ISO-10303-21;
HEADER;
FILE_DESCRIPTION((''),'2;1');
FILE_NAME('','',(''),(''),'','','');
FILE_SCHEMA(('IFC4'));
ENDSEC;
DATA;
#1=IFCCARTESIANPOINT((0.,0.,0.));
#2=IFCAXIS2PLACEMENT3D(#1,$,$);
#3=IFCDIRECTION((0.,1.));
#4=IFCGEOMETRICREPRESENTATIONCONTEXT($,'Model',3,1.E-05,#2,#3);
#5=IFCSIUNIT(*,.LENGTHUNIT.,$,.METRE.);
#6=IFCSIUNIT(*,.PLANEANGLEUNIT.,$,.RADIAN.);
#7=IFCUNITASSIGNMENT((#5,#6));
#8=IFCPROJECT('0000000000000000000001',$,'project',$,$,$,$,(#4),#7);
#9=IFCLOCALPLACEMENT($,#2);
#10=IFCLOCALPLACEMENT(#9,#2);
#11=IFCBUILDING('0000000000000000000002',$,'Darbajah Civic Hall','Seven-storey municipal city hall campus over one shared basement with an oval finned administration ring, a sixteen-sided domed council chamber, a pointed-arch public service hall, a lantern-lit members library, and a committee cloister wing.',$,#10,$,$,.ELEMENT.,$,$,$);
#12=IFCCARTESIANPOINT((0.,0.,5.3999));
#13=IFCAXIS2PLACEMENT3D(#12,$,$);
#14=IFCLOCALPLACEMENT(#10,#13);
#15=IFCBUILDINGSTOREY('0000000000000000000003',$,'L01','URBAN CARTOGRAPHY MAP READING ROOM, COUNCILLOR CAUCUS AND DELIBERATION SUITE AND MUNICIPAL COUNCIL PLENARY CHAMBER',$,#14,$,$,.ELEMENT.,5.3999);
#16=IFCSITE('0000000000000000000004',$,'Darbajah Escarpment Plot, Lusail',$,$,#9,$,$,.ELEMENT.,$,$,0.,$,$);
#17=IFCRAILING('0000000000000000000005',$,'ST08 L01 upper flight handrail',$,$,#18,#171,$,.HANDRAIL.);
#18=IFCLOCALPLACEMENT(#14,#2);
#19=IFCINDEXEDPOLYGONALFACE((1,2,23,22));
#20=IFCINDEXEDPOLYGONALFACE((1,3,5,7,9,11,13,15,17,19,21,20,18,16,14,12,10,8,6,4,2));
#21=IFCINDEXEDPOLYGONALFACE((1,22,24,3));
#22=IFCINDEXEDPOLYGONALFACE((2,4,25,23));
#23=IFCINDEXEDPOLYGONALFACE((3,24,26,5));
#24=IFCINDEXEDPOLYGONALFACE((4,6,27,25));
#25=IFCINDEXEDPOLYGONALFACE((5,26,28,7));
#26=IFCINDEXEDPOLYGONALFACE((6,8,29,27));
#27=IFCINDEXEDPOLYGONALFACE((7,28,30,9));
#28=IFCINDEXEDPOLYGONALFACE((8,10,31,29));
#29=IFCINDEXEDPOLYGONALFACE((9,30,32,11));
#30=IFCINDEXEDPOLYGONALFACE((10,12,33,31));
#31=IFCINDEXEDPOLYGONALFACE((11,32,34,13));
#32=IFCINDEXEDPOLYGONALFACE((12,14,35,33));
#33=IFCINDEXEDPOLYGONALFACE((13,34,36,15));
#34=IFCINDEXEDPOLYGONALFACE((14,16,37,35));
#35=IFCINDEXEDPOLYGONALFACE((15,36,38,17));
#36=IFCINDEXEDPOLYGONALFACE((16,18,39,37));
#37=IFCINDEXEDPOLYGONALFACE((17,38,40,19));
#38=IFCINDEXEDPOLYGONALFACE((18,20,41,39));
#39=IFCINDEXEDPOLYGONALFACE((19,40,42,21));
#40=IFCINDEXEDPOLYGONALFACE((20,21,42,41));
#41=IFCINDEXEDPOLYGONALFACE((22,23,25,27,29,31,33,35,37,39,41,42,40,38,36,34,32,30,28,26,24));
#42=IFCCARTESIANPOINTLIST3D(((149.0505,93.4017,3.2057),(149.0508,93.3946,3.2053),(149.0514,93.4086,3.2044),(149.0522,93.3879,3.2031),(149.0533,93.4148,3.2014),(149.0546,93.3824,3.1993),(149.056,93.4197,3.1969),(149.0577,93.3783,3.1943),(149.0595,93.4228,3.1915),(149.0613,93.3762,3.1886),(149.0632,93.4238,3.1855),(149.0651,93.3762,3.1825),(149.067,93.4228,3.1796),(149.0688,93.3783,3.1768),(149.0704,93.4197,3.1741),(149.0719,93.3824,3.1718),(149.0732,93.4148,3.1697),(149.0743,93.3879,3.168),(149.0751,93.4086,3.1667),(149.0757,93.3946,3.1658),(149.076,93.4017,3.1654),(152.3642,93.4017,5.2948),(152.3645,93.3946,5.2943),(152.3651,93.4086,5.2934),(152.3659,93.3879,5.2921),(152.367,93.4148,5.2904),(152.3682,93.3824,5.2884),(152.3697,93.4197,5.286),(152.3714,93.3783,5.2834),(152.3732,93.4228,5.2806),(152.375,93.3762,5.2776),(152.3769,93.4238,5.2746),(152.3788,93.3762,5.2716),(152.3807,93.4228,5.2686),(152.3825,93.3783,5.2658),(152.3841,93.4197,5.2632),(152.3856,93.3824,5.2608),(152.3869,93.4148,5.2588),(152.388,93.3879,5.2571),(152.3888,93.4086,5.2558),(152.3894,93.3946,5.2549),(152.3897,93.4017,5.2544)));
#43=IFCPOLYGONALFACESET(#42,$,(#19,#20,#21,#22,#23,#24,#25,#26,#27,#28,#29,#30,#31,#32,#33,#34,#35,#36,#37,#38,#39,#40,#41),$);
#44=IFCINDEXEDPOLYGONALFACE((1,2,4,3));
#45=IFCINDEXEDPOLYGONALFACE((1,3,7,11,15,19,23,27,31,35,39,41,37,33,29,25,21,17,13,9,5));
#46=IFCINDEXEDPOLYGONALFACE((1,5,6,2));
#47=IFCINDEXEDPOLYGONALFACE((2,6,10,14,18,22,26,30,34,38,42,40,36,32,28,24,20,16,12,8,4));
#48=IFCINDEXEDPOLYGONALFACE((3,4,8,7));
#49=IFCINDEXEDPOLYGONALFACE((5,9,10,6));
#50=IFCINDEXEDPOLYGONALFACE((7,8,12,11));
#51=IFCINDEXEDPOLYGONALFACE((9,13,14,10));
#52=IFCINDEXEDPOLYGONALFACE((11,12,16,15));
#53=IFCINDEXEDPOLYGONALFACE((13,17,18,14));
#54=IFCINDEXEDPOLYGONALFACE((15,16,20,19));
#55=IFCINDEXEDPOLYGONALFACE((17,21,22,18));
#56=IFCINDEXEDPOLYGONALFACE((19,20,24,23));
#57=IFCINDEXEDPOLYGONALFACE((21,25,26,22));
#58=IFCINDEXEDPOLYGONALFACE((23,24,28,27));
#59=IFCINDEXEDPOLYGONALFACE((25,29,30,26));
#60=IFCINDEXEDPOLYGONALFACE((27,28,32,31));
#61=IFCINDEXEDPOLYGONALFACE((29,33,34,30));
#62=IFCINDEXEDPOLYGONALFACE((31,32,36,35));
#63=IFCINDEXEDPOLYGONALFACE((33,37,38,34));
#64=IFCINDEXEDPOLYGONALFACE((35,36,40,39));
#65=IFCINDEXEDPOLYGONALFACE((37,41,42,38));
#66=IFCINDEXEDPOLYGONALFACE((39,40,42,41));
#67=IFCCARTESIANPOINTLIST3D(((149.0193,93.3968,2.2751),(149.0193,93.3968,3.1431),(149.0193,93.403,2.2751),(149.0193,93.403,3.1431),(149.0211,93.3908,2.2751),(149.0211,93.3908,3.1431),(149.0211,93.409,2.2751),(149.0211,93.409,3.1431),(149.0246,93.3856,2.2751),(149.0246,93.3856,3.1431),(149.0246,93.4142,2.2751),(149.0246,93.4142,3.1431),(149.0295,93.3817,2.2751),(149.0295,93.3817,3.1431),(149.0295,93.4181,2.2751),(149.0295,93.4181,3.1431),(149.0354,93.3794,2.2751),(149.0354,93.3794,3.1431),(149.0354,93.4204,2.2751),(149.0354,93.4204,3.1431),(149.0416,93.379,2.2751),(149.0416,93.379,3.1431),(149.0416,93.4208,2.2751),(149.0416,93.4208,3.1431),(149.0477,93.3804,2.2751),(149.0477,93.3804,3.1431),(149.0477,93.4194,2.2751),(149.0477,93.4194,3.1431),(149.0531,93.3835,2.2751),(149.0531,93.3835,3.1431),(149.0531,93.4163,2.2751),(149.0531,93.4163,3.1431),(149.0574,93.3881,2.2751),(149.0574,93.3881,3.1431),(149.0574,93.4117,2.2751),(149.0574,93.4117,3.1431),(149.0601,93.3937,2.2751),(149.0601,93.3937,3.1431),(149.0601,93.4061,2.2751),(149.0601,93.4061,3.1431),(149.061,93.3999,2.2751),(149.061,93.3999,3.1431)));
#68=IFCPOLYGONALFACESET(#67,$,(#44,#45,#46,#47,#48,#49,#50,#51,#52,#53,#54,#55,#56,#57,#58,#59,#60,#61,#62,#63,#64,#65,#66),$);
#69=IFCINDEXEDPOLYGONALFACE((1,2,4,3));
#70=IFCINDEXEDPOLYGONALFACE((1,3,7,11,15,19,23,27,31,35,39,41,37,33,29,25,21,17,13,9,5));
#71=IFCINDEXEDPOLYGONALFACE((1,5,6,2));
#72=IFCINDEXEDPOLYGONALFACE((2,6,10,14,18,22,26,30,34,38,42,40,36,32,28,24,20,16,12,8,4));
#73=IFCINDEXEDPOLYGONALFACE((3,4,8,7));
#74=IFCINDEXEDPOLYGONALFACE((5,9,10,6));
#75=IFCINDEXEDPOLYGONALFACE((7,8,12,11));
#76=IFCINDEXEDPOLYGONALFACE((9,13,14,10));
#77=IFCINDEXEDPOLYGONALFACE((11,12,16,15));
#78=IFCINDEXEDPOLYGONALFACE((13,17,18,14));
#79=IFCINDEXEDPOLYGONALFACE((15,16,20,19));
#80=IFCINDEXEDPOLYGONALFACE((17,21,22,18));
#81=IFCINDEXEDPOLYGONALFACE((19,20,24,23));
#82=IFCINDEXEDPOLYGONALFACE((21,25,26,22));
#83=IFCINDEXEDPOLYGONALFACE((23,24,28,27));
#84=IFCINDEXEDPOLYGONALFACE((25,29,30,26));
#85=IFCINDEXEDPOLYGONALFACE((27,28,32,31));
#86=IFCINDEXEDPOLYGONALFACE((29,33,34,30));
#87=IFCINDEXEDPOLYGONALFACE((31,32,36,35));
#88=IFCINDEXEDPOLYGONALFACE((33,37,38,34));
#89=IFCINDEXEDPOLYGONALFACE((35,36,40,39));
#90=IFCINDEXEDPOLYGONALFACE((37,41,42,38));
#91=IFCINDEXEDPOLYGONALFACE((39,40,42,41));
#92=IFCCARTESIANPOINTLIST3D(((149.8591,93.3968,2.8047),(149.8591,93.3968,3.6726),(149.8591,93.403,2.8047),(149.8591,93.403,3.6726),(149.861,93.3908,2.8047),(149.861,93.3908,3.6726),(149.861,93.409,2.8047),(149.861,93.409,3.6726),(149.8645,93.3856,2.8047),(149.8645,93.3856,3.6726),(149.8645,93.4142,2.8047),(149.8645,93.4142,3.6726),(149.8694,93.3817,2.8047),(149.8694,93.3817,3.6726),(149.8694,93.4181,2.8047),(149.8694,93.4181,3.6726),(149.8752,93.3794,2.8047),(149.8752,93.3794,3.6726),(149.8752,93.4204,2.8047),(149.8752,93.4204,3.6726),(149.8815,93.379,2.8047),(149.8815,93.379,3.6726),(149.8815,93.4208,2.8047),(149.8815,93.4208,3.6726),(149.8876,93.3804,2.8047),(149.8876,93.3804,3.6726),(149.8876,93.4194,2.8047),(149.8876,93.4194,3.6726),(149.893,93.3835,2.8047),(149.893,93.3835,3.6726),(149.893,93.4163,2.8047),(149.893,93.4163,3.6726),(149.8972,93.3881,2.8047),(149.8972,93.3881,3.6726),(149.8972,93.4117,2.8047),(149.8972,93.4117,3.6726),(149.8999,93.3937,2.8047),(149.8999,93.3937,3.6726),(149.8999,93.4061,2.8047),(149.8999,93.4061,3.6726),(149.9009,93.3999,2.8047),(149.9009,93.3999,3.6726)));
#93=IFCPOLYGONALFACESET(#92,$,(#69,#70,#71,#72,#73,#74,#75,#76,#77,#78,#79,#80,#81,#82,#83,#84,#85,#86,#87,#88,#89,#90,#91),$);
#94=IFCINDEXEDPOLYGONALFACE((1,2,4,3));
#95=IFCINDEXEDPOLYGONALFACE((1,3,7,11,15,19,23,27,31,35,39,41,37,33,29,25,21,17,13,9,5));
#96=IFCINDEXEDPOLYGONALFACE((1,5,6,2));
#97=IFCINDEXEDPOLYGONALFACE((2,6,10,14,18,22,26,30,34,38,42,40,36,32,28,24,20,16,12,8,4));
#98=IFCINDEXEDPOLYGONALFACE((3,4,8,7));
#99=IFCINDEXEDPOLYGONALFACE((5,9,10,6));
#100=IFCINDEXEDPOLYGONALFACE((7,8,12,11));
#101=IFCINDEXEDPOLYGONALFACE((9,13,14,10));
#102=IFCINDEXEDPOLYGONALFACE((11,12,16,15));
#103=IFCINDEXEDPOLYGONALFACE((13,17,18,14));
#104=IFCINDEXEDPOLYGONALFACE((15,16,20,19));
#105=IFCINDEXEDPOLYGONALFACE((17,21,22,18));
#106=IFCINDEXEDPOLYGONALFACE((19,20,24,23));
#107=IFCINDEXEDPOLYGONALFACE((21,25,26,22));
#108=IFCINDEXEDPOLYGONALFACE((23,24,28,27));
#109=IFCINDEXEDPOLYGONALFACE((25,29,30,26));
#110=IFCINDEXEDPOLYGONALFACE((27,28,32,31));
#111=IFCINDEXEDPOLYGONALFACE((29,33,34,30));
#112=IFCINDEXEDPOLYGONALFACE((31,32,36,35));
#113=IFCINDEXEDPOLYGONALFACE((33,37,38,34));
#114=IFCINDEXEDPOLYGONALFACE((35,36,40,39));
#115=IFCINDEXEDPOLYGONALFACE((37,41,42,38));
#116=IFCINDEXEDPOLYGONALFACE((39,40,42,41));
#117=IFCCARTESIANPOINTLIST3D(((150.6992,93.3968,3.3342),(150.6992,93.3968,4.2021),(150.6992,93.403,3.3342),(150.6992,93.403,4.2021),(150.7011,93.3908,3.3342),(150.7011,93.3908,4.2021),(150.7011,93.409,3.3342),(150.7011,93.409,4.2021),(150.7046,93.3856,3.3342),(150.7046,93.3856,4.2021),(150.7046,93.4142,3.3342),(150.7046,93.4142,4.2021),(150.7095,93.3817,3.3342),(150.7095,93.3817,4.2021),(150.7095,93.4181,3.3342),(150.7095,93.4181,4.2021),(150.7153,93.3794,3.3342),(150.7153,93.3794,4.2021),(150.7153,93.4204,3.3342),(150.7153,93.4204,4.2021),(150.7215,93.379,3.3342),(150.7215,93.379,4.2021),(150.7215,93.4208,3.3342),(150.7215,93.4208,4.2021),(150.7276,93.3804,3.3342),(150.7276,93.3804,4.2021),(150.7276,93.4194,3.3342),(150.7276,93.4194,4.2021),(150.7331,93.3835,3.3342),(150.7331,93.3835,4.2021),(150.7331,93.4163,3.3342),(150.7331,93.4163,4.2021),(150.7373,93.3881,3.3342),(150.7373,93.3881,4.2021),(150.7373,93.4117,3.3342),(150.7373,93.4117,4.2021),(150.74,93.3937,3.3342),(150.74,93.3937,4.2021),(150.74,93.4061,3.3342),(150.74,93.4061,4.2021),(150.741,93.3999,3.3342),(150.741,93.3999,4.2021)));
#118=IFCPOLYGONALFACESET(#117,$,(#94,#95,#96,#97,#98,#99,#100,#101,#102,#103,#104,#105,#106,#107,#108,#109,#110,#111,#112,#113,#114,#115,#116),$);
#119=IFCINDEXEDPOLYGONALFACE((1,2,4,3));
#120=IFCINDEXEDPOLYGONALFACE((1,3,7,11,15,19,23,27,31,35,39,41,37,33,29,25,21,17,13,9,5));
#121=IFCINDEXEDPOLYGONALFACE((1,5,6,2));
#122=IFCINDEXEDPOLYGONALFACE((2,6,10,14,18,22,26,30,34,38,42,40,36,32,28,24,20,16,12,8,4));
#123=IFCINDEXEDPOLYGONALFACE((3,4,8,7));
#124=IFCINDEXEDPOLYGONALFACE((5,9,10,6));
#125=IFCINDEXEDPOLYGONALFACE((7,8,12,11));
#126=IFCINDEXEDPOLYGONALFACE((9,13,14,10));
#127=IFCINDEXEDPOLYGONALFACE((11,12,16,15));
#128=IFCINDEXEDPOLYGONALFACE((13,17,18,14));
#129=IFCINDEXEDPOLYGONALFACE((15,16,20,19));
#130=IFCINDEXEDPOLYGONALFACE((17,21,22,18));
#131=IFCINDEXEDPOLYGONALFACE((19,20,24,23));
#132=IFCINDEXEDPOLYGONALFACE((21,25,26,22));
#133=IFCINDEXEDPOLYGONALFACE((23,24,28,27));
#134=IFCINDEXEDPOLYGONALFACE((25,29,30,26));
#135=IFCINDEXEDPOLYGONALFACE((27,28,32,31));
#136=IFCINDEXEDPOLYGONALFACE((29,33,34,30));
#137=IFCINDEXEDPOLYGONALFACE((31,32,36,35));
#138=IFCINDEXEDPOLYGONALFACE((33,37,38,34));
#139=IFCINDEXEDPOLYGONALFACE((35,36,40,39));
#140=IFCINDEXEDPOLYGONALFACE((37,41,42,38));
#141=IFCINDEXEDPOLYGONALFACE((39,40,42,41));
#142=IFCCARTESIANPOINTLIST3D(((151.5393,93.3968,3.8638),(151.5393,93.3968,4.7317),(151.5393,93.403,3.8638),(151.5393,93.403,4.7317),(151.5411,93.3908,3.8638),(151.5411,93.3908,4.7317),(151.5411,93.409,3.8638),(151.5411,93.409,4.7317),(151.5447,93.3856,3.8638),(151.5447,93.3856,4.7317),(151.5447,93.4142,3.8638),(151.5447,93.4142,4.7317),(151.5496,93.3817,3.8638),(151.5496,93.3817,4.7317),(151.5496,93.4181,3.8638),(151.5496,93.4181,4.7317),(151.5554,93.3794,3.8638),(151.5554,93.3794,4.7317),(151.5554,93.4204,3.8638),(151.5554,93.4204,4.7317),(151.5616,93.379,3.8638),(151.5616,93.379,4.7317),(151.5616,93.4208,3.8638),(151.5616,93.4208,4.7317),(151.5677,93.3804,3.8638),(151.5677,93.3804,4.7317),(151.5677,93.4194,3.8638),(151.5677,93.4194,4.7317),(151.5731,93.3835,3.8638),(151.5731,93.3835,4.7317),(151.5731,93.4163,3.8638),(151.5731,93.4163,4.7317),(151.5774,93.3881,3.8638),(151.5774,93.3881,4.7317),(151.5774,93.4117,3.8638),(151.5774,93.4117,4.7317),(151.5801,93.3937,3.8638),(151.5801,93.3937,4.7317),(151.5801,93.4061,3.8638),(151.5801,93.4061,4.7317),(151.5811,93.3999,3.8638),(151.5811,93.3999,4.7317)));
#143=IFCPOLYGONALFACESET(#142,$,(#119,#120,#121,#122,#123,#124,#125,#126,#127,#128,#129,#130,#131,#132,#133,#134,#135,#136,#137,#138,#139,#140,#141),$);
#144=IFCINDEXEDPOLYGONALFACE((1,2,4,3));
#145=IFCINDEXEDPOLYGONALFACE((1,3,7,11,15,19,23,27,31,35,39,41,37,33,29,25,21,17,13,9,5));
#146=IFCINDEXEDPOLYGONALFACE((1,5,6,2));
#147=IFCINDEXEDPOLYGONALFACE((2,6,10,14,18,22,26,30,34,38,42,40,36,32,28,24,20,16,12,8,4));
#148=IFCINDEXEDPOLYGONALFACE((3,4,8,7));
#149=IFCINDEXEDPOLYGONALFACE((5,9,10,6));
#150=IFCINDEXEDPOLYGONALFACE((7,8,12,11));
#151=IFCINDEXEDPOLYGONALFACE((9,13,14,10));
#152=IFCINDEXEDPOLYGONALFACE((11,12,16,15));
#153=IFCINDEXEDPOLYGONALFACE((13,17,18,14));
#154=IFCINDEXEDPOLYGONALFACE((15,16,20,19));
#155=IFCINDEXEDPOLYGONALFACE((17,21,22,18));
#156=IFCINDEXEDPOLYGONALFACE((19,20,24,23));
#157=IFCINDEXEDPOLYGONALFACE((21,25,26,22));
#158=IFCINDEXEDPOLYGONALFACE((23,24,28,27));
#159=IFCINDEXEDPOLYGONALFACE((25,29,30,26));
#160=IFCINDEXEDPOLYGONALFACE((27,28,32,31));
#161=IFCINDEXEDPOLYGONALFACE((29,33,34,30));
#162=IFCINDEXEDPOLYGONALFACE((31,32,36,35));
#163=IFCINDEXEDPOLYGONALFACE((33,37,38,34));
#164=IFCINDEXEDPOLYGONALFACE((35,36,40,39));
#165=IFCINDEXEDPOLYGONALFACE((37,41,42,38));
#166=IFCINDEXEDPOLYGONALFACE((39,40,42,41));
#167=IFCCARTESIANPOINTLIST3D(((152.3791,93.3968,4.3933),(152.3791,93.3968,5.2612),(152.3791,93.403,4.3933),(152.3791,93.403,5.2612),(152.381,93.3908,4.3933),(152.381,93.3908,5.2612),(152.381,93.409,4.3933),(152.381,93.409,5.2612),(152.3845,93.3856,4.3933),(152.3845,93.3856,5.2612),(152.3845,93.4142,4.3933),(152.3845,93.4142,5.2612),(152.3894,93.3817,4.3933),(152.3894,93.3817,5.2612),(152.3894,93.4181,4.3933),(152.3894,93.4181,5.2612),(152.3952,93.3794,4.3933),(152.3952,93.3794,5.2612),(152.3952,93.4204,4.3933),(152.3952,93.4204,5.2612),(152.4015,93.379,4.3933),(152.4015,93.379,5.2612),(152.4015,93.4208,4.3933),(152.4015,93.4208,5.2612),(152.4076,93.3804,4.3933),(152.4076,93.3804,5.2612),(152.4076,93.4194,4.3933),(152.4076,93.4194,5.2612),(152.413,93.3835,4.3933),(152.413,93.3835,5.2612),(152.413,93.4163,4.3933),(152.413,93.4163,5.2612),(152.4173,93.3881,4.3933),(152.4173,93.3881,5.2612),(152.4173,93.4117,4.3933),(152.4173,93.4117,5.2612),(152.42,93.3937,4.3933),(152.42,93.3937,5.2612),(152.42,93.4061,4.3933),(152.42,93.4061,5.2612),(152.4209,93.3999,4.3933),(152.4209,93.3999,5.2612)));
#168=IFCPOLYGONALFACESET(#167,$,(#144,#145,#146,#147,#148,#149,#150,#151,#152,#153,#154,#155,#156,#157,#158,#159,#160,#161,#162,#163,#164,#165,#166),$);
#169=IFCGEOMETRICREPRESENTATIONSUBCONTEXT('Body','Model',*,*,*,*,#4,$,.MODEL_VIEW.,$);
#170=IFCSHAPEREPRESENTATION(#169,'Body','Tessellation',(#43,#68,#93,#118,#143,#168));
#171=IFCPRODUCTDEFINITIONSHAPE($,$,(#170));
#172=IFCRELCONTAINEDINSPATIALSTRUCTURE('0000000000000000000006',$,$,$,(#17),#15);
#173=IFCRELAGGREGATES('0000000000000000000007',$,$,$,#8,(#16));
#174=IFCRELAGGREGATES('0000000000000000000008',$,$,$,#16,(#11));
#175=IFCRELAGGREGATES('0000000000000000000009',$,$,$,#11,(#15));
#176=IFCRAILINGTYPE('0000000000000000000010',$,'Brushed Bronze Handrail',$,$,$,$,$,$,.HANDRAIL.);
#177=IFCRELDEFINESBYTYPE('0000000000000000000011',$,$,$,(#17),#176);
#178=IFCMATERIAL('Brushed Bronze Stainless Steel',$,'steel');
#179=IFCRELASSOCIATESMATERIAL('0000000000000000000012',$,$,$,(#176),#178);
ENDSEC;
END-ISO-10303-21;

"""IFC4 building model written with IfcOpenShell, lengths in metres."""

from ifc_helpers import new_model, si_unit, direction, frame, origin, origin_2d, place, context, subcontext, project, spatial, circle, extrude, material, type_object, element, save


model = new_model("IFC4")

# Units and contexts
model_context = context("Model", 3, precision=1e-05, world=origin(), true_north=direction((0.0, 1.0)))
body_context = subcontext(model_context, "Body", "Model", "MODEL_VIEW")
ifc_project = project(units=[si_unit("LENGTHUNIT", "METRE"), si_unit("PLANEANGLEUNIT", "RADIAN")], contexts=[model_context])

# Site, building, storey
site_placement = place(None, origin())
site = spatial("IfcSite", under=ifc_project, at=site_placement, Name="Darbajah Escarpment Plot, Lusail", CompositionType="ELEMENT", RefElevation=0.0)
building_placement = place(site_placement, origin())
building = spatial("IfcBuilding", under=site, at=building_placement, Name="Darbajah Civic Hall", Description="Seven-storey municipal city hall campus over one shared basement with an oval finned administration ring, a sixteen-sided domed council chamber, a pointed-arch public service hall, a lantern-lit members library, and a committee cloister wing.", CompositionType="ELEMENT")
storey_placement = place(building_placement, frame((0.0, 0.0, 5.3999)))
storey = spatial("IfcBuildingStorey", under=building, at=storey_placement, Name="L01", Description="URBAN CARTOGRAPHY MAP READING ROOM, COUNCILLOR CAUCUS AND DELIBERATION SUITE AND MUNICIPAL COUNCIL PLENARY CHAMBER", CompositionType="ELEMENT", Elevation=5.3999)

# Railing
ifc_material_1 = material(Name="Brushed Bronze Stainless Steel", Category="steel")
railing_type_1 = type_object("IfcRailingType", Name="Brushed Bronze Handrail", PredefinedType="HANDRAIL", material=ifc_material_1)
railing_1_placement = place(storey_placement, frame((149.04, 93.3999, 2.2751)))
element("IfcRailing", 1, at=railing_1_placement, inside=storey, type_object=railing_type_1, Name="ST08 L01 upper flight handrail", PredefinedType="HANDRAIL", context=body_context, shape_type="SweptSolid", body=[
    extrude(circle(Radius=0.0239, at=origin_2d()), frame((0.0232, 0.0, 0.9104), z_axis=(0.845927, 0.0, 0.533299), x_axis=(0.0, 1.0, 0.0)), (0.0, 0.0, 1.0), 3.9172),
    extrude(circle(Radius=0.021, at=origin_2d()), origin(), (0.0, 0.0, 1.0), 0.8679),
    extrude(circle(Radius=0.021, at=origin_2d()), frame((0.8398, 0.0, 0.5295)), (0.0, 0.0, 1.0), 0.8679),
    extrude(circle(Radius=0.021, at=origin_2d()), frame((1.6799, 0.0, 1.0591)), (0.0, 0.0, 1.0), 0.8679),
    extrude(circle(Radius=0.021, at=origin_2d()), frame((2.52, 0.0, 1.5886)), (0.0, 0.0, 1.0), 0.8679),
    extrude(circle(Radius=0.021, at=origin_2d()), frame((3.3599, 0.0, 2.1182)), (0.0, 0.0, 1.0), 0.8679),
])

save(model, "model.ifc")
